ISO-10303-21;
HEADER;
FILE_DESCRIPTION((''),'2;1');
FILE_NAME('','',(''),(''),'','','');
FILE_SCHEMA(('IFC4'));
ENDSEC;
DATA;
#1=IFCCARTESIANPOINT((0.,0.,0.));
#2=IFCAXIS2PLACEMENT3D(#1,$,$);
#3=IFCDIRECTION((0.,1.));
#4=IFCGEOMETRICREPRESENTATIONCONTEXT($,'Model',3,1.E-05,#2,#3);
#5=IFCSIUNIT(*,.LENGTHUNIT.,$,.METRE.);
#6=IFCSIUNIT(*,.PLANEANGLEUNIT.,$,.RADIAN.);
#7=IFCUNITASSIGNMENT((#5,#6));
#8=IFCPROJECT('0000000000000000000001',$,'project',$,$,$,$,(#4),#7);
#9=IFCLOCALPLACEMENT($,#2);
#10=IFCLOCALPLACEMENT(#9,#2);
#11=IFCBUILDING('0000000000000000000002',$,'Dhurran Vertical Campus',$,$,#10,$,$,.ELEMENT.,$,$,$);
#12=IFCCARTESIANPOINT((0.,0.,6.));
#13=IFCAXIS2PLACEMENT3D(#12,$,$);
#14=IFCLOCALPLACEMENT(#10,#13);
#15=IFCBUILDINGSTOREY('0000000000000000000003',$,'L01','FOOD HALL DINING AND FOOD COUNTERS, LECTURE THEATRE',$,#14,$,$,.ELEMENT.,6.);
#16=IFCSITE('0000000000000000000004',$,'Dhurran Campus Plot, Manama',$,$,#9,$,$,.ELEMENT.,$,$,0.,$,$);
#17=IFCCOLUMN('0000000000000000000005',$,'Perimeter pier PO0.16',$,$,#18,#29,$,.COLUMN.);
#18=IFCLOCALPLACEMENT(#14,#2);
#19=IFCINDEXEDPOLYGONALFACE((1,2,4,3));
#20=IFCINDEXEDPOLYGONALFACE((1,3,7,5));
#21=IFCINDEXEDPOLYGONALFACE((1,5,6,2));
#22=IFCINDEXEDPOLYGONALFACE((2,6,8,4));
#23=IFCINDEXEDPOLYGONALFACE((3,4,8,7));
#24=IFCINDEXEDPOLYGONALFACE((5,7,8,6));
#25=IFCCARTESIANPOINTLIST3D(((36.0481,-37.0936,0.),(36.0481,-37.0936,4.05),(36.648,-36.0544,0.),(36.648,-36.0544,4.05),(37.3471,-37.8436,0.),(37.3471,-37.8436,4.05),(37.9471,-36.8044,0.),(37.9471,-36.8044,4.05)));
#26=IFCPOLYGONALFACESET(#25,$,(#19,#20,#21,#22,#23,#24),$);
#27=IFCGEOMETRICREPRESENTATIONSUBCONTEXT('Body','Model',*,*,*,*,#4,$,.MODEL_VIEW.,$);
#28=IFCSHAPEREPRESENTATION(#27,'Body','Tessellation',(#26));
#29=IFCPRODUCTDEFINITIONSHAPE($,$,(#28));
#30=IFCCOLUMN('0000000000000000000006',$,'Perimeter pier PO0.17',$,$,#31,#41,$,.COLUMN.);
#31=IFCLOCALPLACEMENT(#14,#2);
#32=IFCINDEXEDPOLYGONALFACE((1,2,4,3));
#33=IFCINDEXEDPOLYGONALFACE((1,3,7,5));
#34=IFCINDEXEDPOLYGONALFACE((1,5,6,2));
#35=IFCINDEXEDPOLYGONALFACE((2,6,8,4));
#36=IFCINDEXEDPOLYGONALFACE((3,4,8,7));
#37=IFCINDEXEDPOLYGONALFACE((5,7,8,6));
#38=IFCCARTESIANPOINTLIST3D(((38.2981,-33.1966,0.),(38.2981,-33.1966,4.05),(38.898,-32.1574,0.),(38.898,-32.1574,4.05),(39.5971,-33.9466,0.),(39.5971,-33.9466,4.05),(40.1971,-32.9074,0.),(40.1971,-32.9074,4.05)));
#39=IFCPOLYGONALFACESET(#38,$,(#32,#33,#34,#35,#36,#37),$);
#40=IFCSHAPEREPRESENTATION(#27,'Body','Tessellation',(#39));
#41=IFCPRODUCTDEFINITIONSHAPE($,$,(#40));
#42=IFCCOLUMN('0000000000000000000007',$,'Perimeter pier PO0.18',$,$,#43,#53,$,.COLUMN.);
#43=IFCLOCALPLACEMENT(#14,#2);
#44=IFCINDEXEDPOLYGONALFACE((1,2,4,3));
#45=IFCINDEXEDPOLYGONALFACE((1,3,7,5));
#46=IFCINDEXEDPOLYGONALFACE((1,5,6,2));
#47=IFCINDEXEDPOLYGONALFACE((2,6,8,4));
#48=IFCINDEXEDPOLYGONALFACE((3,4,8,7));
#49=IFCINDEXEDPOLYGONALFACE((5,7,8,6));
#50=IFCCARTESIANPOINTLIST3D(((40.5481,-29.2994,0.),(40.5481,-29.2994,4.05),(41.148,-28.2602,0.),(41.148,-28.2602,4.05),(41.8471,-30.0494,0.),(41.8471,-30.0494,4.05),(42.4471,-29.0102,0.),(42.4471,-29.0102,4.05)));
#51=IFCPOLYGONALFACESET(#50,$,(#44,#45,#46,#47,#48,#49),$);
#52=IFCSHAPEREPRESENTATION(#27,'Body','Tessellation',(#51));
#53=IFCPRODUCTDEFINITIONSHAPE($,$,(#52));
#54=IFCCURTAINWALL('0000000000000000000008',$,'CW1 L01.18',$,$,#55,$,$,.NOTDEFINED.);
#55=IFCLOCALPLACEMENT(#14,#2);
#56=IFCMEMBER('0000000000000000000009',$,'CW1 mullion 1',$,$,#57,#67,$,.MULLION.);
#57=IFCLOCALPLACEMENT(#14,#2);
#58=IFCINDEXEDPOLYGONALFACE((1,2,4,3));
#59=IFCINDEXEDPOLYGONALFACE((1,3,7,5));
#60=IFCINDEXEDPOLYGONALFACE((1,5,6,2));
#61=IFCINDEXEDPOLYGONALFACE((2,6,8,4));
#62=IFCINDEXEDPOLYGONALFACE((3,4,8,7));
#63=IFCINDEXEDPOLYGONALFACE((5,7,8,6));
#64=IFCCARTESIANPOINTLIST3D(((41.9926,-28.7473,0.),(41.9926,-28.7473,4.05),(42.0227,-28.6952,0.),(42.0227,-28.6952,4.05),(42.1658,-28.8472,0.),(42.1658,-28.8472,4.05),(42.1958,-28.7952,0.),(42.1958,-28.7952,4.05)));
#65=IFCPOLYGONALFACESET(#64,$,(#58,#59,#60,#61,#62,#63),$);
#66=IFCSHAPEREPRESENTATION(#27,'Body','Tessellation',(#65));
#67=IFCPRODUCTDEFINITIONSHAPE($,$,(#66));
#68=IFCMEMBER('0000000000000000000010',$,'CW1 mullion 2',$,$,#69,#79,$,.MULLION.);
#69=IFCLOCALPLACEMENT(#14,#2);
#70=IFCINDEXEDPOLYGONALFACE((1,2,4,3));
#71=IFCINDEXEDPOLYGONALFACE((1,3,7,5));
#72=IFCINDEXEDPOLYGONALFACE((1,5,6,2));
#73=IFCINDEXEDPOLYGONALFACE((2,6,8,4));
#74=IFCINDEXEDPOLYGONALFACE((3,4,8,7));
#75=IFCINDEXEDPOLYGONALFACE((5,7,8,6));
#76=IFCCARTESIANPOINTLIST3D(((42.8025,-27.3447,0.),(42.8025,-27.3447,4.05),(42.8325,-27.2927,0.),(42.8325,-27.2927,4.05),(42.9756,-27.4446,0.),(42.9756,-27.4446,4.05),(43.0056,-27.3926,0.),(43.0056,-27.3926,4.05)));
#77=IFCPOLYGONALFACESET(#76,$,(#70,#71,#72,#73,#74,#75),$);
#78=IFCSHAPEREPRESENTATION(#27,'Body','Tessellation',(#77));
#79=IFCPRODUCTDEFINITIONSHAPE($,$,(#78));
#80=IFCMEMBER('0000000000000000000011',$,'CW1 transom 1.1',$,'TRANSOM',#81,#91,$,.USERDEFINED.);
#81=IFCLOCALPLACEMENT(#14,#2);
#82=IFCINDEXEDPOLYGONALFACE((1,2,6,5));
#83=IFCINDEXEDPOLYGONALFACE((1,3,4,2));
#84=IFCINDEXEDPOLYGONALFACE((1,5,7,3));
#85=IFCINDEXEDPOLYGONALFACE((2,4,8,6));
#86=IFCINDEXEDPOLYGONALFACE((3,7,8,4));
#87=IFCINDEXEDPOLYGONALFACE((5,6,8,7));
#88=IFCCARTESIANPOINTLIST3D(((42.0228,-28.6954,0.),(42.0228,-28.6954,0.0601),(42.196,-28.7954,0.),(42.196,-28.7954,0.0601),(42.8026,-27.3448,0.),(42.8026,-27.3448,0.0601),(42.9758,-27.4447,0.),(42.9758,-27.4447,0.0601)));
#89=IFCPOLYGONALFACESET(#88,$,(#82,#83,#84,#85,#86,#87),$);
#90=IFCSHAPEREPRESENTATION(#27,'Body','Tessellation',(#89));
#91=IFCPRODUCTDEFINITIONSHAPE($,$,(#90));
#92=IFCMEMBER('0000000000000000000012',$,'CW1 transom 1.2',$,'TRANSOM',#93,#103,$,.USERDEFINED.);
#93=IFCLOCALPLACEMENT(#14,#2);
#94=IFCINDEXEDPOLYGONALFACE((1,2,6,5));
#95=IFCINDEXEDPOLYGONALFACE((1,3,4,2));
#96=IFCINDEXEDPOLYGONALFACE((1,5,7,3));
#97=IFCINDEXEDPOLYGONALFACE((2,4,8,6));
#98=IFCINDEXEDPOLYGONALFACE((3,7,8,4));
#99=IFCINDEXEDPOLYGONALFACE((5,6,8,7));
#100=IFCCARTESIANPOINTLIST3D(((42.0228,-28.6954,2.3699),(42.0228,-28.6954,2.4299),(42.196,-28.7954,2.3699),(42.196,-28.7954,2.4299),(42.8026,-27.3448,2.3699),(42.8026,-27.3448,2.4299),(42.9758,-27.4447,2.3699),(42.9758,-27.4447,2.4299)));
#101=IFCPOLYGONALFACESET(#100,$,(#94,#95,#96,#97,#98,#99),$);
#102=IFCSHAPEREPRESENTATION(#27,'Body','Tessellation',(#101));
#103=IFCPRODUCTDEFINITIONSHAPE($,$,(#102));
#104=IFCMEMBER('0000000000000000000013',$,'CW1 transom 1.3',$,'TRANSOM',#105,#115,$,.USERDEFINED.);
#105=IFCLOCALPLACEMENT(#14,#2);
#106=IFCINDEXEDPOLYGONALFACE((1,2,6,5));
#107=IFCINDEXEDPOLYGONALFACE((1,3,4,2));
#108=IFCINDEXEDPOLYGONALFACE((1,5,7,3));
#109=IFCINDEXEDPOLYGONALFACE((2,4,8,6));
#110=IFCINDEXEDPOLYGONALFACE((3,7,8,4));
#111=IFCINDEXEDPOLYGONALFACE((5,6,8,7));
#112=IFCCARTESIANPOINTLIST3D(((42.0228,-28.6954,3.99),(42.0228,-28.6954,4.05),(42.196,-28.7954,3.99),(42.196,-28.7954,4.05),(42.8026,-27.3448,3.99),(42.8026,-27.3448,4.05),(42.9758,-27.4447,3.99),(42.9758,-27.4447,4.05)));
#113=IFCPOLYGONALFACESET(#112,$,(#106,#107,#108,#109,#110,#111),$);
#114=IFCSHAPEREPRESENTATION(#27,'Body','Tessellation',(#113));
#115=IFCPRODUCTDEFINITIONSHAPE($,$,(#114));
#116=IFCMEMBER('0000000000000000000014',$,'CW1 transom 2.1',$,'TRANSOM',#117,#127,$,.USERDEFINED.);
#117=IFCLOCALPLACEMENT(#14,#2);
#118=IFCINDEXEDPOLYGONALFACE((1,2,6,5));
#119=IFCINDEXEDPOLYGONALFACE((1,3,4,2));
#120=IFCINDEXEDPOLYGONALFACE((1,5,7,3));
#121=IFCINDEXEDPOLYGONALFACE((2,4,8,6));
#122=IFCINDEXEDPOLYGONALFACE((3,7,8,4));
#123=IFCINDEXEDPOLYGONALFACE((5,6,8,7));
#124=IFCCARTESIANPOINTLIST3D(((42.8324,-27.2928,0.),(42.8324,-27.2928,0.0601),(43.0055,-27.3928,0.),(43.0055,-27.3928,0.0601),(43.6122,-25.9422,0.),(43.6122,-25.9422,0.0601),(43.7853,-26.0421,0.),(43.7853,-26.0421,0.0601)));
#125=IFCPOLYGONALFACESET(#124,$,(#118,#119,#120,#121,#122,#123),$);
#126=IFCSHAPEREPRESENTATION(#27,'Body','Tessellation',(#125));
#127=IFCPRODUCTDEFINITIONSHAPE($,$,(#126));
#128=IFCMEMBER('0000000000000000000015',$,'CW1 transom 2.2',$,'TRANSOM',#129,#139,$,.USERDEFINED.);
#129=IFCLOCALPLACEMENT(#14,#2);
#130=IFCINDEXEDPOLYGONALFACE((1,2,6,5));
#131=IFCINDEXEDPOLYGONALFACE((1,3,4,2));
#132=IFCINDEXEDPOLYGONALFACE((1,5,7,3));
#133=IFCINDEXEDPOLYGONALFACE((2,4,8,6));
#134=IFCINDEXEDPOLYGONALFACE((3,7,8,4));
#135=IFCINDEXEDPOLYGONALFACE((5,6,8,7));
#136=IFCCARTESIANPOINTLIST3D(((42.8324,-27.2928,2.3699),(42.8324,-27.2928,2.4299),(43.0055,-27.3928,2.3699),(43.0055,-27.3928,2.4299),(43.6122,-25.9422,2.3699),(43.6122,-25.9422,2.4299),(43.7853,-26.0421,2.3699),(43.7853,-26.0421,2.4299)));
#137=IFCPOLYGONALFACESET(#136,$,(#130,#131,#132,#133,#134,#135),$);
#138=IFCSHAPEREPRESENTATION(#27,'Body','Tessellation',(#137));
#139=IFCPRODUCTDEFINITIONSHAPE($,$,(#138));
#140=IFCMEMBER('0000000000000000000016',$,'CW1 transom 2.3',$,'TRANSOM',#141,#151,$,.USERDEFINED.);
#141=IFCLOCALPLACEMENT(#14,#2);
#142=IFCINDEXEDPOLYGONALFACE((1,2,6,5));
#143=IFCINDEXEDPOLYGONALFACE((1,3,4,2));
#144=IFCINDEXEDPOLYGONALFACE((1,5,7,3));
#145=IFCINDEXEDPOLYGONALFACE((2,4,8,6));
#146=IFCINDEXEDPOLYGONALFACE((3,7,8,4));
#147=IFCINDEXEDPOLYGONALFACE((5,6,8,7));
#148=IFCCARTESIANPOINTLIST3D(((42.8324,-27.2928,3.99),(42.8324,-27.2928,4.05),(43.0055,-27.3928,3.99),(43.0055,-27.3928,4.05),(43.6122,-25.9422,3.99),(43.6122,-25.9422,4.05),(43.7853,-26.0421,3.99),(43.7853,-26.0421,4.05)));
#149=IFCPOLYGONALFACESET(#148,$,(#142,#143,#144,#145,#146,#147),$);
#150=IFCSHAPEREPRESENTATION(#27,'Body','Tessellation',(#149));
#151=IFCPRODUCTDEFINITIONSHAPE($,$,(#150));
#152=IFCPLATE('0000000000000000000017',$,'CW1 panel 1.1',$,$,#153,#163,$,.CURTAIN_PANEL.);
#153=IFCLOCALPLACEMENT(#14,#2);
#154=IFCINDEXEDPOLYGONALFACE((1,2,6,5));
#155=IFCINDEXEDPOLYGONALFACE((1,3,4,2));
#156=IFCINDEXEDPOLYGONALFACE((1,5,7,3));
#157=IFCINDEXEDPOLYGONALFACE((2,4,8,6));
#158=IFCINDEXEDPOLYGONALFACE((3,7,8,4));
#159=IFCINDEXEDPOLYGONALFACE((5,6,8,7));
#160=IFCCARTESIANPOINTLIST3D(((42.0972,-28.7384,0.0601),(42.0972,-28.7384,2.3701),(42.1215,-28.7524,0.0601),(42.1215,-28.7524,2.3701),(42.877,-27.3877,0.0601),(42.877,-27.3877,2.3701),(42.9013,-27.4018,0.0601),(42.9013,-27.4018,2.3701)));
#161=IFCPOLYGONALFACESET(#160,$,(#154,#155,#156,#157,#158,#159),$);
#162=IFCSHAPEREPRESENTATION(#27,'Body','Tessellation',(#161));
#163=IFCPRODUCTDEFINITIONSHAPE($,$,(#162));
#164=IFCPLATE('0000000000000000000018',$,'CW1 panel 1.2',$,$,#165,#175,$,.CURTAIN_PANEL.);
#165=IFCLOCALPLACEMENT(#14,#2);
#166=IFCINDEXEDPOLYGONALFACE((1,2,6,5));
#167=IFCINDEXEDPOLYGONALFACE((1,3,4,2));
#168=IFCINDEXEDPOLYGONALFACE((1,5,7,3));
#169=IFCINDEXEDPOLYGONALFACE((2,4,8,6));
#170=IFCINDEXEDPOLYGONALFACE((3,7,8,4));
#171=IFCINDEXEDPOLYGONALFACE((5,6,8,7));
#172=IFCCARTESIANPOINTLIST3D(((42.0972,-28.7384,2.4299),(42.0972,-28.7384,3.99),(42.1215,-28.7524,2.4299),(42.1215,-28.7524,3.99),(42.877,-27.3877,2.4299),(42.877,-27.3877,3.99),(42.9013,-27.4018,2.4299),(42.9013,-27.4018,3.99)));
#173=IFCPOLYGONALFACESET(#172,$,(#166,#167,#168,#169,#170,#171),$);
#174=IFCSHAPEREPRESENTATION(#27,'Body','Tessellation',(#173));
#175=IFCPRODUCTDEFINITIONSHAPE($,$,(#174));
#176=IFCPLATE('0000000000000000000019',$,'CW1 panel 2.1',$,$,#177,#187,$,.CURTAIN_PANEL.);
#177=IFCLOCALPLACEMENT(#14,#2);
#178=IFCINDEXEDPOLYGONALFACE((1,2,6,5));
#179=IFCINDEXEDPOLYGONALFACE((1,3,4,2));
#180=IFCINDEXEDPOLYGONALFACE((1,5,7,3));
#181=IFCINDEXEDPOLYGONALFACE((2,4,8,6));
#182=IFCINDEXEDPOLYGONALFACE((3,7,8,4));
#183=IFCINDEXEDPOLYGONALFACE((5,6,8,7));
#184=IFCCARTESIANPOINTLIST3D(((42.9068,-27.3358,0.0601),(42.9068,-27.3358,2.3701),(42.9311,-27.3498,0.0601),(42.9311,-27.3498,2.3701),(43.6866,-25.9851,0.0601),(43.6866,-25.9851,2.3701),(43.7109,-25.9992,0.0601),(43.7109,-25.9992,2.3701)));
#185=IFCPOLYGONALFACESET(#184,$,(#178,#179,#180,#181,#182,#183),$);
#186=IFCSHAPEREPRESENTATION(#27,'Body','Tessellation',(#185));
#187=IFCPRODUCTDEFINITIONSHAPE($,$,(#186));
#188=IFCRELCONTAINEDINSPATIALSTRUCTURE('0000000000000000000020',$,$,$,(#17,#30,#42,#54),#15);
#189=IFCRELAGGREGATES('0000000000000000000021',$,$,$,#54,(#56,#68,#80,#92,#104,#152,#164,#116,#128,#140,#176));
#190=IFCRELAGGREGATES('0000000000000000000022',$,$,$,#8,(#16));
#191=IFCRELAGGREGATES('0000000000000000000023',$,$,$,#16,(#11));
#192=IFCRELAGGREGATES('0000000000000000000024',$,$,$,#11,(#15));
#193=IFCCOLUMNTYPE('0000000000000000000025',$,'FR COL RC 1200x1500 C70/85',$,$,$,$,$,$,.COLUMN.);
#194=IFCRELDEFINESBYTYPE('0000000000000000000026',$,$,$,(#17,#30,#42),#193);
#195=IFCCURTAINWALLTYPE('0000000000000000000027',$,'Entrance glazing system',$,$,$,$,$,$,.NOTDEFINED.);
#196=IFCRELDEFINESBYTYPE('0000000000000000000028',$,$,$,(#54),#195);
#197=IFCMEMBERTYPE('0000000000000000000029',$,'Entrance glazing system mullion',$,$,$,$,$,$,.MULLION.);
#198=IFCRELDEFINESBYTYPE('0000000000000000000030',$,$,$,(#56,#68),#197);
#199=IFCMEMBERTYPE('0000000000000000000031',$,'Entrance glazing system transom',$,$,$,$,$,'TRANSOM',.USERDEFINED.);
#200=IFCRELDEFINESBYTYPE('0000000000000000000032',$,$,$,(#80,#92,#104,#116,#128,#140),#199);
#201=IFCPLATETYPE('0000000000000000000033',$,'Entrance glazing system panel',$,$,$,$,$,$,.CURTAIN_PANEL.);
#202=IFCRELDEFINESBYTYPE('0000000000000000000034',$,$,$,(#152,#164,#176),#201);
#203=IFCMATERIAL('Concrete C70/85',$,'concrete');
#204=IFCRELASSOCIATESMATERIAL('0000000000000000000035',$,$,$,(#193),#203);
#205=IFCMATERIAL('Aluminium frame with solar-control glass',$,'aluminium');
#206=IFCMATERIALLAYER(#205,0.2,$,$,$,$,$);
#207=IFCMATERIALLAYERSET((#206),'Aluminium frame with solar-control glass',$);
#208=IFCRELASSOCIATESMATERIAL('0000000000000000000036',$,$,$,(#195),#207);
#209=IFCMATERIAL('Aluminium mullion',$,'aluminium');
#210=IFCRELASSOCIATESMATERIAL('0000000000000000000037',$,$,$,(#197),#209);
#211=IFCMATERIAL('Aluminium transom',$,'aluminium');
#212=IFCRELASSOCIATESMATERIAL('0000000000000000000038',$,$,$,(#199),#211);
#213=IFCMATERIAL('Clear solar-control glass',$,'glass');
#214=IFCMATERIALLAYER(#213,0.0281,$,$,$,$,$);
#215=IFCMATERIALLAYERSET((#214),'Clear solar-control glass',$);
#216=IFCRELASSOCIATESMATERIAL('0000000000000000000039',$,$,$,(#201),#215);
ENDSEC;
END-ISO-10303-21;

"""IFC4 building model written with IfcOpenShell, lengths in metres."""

from ifc_helpers import new_model, si_unit, direction, frame, origin, origin_2d, place, context, subcontext, project, spatial, rectangle, extrude, material, layer, layer_set, material_profile, profile_set, type_object, element, aggregate, save


model = new_model("IFC4")

# Units and contexts
model_context = context("Model", 3, precision=1e-05, world=origin(), true_north=direction((0.0, 1.0)))
body_context = subcontext(model_context, "Body", "Model", "MODEL_VIEW")
ifc_project = project(units=[si_unit("LENGTHUNIT", "METRE"), si_unit("PLANEANGLEUNIT", "RADIAN")], contexts=[model_context])

# Site, building, storey
site_placement = place(None, origin())
site = spatial("IfcSite", under=ifc_project, at=site_placement, Name="Dhurran Campus Plot, Manama", CompositionType="ELEMENT", RefElevation=0.0)
building_placement = place(site_placement, origin())
building = spatial("IfcBuilding", under=site, at=building_placement, Name="Dhurran Vertical Campus", CompositionType="ELEMENT")
storey_placement = place(building_placement, frame((0.0, 0.0, 6.0)))
storey = spatial("IfcBuildingStorey", under=building, at=storey_placement, Name="L01", Description="FOOD HALL DINING AND FOOD COUNTERS, LECTURE THEATRE", CompositionType="ELEMENT", Elevation=6.0)

# Columns
ifc_material_1 = material(Name="Concrete C70/85", Category="concrete")
ifc_material_profile_1 = material_profile(ifc_material_1, rectangle(XDim=1.2, YDim=1.5, at=origin_2d()), Name="RC 1200x1500")
ifc_profile_set_1 = profile_set([ifc_material_profile_1], Name="Concrete C70/85")
column_type = type_object("IfcColumnType", Name="FR COL RC 1200x1500 C70/85", PredefinedType="COLUMN", material=ifc_profile_set_1)
for number, where, z_axis, x_axis, name in (
    (1, (36.9976, -36.949, 0.0), (0.0, 0.0, 1.0), (0.5, 0.866025, 0.0), "Perimeter pier PO0.16"),
    (2, (39.2476, -33.052, 0.0), (0.0, 0.0, 1.0), (0.5, 0.866025, 0.0), "Perimeter pier PO0.17"),
    (3, (41.4976, -29.1548, 0.0), (0.0, 0.0, 1.0), (0.5, 0.866025, 0.0), "Perimeter pier PO0.18"),
):
    element("IfcColumn", number, at=place(storey_placement, frame(where, z_axis=z_axis, x_axis=x_axis)), inside=storey, type_object=column_type, Name=name, PredefinedType="COLUMN", context=body_context, shape_type="SweptSolid", body=[
        extrude(rectangle(XDim=1.2, YDim=1.5, at=origin_2d()), origin(), (0.0, 0.0, 1.0), 4.05),
    ])

# Curtain wall, members, plates
ifc_material_2 = material(Name="Aluminium frame with solar-control glass", Category="aluminium")
ifc_layer_1 = layer(ifc_material_2, 0.2)
ifc_layer_set_1 = layer_set([ifc_layer_1], Name="Aluminium frame with solar-control glass")
curtain_wall_type = type_object("IfcCurtainWallType", Name="Entrance glazing system", PredefinedType="NOTDEFINED", material=ifc_layer_set_1)
curtain_wall_placement = place(storey_placement, origin())
curtain_wall = element("IfcCurtainWall", 4, at=curtain_wall_placement, inside=storey, type_object=curtain_wall_type, Name="CW1 L01.18", PredefinedType="NOTDEFINED")
ifc_material_3 = material(Name="Aluminium mullion", Category="aluminium")
ifc_material_profile_2 = material_profile(ifc_material_3, rectangle(XDim=0.2, YDim=0.0601, at=origin_2d()), Name="Entrance glazing system mullion")
ifc_profile_set_2 = profile_set([ifc_material_profile_2], Name="Aluminium mullion")
member_type_1 = type_object("IfcMemberType", Name="Entrance glazing system mullion", PredefinedType="MULLION", material=ifc_profile_set_2)
member_1_placement = place(storey_placement, frame((42.0942, -28.7712, 0.0), z_axis=(0.0, 0.0, 1.0), x_axis=(-0.866032, 0.499989, 0.0)))
member_1 = element("IfcMember", 5, at=member_1_placement, type_object=member_type_1, Name="CW1 mullion 1", PredefinedType="MULLION", context=body_context, shape_type="SweptSolid", body=[
    extrude(rectangle(XDim=0.2, YDim=0.0601, at=origin_2d()), origin(), (0.0, 0.0, 1.0), 4.05),
])
member_2_placement = place(storey_placement, frame((42.9041, -27.3687, 0.0), z_axis=(0.0, 0.0, 1.0), x_axis=(-0.866032, 0.499989, 0.0)))
member_2 = element("IfcMember", 6, at=member_2_placement, type_object=member_type_1, Name="CW1 mullion 2", PredefinedType="MULLION", context=body_context, shape_type="SweptSolid", body=[
    extrude(rectangle(XDim=0.2, YDim=0.0601, at=origin_2d()), origin(), (0.0, 0.0, 1.0), 4.05),
])
ifc_material_4 = material(Name="Aluminium transom", Category="aluminium")
ifc_material_profile_3 = material_profile(ifc_material_4, rectangle(XDim=0.2, YDim=0.0601, at=origin_2d()), Name="Entrance glazing system transom")
ifc_profile_set_3 = profile_set([ifc_material_profile_3], Name="Aluminium transom")
member_type_2 = type_object("IfcMemberType", Name="Entrance glazing system transom", ElementType="TRANSOM", PredefinedType="USERDEFINED", material=ifc_profile_set_3)
member_3_placement = place(storey_placement, frame((42.1094, -28.7454, 0.03), z_axis=(0.500012, 0.866019, 0.0), x_axis=(-0.866019, 0.500012, 0.0)))
member_3 = element("IfcMember", 7, at=member_3_placement, type_object=member_type_2, Name="CW1 transom 1.1", ObjectType="TRANSOM", PredefinedType="USERDEFINED", context=body_context, shape_type="SweptSolid", body=[
    extrude(rectangle(XDim=0.2, YDim=0.0601, at=origin_2d()), origin(), (0.0, 0.0, 1.0), 1.5596),
])
member_4_placement = place(storey_placement, frame((42.1094, -28.7454, 2.3999), z_axis=(0.500012, 0.866019, 0.0), x_axis=(-0.866019, 0.500012, 0.0)))
member_4 = element("IfcMember", 8, at=member_4_placement, type_object=member_type_2, Name="CW1 transom 1.2", ObjectType="TRANSOM", PredefinedType="USERDEFINED", context=body_context, shape_type="SweptSolid", body=[
    extrude(rectangle(XDim=0.2, YDim=0.0601, at=origin_2d()), origin(), (0.0, 0.0, 1.0), 1.5596),
])
member_5_placement = place(storey_placement, frame((42.1094, -28.7454, 4.02), z_axis=(0.500012, 0.866019, 0.0), x_axis=(-0.866019, 0.500012, 0.0)))
member_5 = element("IfcMember", 9, at=member_5_placement, type_object=member_type_2, Name="CW1 transom 1.3", ObjectType="TRANSOM", PredefinedType="USERDEFINED", context=body_context, shape_type="SweptSolid", body=[
    extrude(rectangle(XDim=0.2, YDim=0.0601, at=origin_2d()), origin(), (0.0, 0.0, 1.0), 1.5596),
])
member_6_placement = place(storey_placement, frame((42.9189, -27.3428, 0.03), z_axis=(0.500012, 0.866019, 0.0), x_axis=(-0.866019, 0.500012, 0.0)))
member_6 = element("IfcMember", 10, at=member_6_placement, type_object=member_type_2, Name="CW1 transom 2.1", ObjectType="TRANSOM", PredefinedType="USERDEFINED", context=body_context, shape_type="SweptSolid", body=[
    extrude(rectangle(XDim=0.2, YDim=0.0601, at=origin_2d()), origin(), (0.0, 0.0, 1.0), 1.5596),
])
member_7_placement = place(storey_placement, frame((42.9189, -27.3428, 2.3999), z_axis=(0.500012, 0.866019, 0.0), x_axis=(-0.866019, 0.500012, 0.0)))
member_7 = element("IfcMember", 11, at=member_7_placement, type_object=member_type_2, Name="CW1 transom 2.2", ObjectType="TRANSOM", PredefinedType="USERDEFINED", context=body_context, shape_type="SweptSolid", body=[
    extrude(rectangle(XDim=0.2, YDim=0.0601, at=origin_2d()), origin(), (0.0, 0.0, 1.0), 1.5596),
])
member_8_placement = place(storey_placement, frame((42.9189, -27.3428, 4.02), z_axis=(0.500012, 0.866019, 0.0), x_axis=(-0.866019, 0.500012, 0.0)))
member_8 = element("IfcMember", 12, at=member_8_placement, type_object=member_type_2, Name="CW1 transom 2.3", ObjectType="TRANSOM", PredefinedType="USERDEFINED", context=body_context, shape_type="SweptSolid", body=[
    extrude(rectangle(XDim=0.2, YDim=0.0601, at=origin_2d()), origin(), (0.0, 0.0, 1.0), 1.5596),
])
ifc_material_5 = material(Name="Clear solar-control glass", Category="glass")
ifc_layer_2 = layer(ifc_material_5, 0.0281)
ifc_layer_set_2 = layer_set([ifc_layer_2], Name="Clear solar-control glass")
plate_type = type_object("IfcPlateType", Name="Entrance glazing system panel", PredefinedType="CURTAIN_PANEL", material=ifc_layer_set_2)
plate_1_placement = place(storey_placement, frame((42.4993, -28.0701, 0.0601), z_axis=(0.0, 0.0, 1.0), x_axis=(0.499989, 0.866032, 0.0)))
plate_1 = element("IfcPlate", 13, at=plate_1_placement, type_object=plate_type, Name="CW1 panel 1.1", PredefinedType="CURTAIN_PANEL", context=body_context, shape_type="SweptSolid", body=[
    extrude(rectangle(XDim=1.5596, YDim=0.0281, at=origin_2d()), origin(), (0.0, 0.0, 1.0), 2.3101),
])
plate_2_placement = place(storey_placement, frame((42.4993, -28.0701, 2.4299), z_axis=(0.0, 0.0, 1.0), x_axis=(0.499989, 0.866032, 0.0)))
plate_2 = element("IfcPlate", 14, at=plate_2_placement, type_object=plate_type, Name="CW1 panel 1.2", PredefinedType="CURTAIN_PANEL", context=body_context, shape_type="SweptSolid", body=[
    extrude(rectangle(XDim=1.5596, YDim=0.0281, at=origin_2d()), origin(), (0.0, 0.0, 1.0), 1.5601),
])
plate_3_placement = place(storey_placement, frame((43.3088, -26.6675, 0.0601), z_axis=(0.0, 0.0, 1.0), x_axis=(0.499989, 0.866032, 0.0)))
plate_3 = element("IfcPlate", 15, at=plate_3_placement, type_object=plate_type, Name="CW1 panel 2.1", PredefinedType="CURTAIN_PANEL", context=body_context, shape_type="SweptSolid", body=[
    extrude(rectangle(XDim=1.5596, YDim=0.0281, at=origin_2d()), origin(), (0.0, 0.0, 1.0), 2.3101),
])
aggregate(curtain_wall, [member_1, member_2, member_3, member_4, member_5, plate_1, plate_2, member_6, member_7, member_8, plate_3])

save(model, "model.ifc")
